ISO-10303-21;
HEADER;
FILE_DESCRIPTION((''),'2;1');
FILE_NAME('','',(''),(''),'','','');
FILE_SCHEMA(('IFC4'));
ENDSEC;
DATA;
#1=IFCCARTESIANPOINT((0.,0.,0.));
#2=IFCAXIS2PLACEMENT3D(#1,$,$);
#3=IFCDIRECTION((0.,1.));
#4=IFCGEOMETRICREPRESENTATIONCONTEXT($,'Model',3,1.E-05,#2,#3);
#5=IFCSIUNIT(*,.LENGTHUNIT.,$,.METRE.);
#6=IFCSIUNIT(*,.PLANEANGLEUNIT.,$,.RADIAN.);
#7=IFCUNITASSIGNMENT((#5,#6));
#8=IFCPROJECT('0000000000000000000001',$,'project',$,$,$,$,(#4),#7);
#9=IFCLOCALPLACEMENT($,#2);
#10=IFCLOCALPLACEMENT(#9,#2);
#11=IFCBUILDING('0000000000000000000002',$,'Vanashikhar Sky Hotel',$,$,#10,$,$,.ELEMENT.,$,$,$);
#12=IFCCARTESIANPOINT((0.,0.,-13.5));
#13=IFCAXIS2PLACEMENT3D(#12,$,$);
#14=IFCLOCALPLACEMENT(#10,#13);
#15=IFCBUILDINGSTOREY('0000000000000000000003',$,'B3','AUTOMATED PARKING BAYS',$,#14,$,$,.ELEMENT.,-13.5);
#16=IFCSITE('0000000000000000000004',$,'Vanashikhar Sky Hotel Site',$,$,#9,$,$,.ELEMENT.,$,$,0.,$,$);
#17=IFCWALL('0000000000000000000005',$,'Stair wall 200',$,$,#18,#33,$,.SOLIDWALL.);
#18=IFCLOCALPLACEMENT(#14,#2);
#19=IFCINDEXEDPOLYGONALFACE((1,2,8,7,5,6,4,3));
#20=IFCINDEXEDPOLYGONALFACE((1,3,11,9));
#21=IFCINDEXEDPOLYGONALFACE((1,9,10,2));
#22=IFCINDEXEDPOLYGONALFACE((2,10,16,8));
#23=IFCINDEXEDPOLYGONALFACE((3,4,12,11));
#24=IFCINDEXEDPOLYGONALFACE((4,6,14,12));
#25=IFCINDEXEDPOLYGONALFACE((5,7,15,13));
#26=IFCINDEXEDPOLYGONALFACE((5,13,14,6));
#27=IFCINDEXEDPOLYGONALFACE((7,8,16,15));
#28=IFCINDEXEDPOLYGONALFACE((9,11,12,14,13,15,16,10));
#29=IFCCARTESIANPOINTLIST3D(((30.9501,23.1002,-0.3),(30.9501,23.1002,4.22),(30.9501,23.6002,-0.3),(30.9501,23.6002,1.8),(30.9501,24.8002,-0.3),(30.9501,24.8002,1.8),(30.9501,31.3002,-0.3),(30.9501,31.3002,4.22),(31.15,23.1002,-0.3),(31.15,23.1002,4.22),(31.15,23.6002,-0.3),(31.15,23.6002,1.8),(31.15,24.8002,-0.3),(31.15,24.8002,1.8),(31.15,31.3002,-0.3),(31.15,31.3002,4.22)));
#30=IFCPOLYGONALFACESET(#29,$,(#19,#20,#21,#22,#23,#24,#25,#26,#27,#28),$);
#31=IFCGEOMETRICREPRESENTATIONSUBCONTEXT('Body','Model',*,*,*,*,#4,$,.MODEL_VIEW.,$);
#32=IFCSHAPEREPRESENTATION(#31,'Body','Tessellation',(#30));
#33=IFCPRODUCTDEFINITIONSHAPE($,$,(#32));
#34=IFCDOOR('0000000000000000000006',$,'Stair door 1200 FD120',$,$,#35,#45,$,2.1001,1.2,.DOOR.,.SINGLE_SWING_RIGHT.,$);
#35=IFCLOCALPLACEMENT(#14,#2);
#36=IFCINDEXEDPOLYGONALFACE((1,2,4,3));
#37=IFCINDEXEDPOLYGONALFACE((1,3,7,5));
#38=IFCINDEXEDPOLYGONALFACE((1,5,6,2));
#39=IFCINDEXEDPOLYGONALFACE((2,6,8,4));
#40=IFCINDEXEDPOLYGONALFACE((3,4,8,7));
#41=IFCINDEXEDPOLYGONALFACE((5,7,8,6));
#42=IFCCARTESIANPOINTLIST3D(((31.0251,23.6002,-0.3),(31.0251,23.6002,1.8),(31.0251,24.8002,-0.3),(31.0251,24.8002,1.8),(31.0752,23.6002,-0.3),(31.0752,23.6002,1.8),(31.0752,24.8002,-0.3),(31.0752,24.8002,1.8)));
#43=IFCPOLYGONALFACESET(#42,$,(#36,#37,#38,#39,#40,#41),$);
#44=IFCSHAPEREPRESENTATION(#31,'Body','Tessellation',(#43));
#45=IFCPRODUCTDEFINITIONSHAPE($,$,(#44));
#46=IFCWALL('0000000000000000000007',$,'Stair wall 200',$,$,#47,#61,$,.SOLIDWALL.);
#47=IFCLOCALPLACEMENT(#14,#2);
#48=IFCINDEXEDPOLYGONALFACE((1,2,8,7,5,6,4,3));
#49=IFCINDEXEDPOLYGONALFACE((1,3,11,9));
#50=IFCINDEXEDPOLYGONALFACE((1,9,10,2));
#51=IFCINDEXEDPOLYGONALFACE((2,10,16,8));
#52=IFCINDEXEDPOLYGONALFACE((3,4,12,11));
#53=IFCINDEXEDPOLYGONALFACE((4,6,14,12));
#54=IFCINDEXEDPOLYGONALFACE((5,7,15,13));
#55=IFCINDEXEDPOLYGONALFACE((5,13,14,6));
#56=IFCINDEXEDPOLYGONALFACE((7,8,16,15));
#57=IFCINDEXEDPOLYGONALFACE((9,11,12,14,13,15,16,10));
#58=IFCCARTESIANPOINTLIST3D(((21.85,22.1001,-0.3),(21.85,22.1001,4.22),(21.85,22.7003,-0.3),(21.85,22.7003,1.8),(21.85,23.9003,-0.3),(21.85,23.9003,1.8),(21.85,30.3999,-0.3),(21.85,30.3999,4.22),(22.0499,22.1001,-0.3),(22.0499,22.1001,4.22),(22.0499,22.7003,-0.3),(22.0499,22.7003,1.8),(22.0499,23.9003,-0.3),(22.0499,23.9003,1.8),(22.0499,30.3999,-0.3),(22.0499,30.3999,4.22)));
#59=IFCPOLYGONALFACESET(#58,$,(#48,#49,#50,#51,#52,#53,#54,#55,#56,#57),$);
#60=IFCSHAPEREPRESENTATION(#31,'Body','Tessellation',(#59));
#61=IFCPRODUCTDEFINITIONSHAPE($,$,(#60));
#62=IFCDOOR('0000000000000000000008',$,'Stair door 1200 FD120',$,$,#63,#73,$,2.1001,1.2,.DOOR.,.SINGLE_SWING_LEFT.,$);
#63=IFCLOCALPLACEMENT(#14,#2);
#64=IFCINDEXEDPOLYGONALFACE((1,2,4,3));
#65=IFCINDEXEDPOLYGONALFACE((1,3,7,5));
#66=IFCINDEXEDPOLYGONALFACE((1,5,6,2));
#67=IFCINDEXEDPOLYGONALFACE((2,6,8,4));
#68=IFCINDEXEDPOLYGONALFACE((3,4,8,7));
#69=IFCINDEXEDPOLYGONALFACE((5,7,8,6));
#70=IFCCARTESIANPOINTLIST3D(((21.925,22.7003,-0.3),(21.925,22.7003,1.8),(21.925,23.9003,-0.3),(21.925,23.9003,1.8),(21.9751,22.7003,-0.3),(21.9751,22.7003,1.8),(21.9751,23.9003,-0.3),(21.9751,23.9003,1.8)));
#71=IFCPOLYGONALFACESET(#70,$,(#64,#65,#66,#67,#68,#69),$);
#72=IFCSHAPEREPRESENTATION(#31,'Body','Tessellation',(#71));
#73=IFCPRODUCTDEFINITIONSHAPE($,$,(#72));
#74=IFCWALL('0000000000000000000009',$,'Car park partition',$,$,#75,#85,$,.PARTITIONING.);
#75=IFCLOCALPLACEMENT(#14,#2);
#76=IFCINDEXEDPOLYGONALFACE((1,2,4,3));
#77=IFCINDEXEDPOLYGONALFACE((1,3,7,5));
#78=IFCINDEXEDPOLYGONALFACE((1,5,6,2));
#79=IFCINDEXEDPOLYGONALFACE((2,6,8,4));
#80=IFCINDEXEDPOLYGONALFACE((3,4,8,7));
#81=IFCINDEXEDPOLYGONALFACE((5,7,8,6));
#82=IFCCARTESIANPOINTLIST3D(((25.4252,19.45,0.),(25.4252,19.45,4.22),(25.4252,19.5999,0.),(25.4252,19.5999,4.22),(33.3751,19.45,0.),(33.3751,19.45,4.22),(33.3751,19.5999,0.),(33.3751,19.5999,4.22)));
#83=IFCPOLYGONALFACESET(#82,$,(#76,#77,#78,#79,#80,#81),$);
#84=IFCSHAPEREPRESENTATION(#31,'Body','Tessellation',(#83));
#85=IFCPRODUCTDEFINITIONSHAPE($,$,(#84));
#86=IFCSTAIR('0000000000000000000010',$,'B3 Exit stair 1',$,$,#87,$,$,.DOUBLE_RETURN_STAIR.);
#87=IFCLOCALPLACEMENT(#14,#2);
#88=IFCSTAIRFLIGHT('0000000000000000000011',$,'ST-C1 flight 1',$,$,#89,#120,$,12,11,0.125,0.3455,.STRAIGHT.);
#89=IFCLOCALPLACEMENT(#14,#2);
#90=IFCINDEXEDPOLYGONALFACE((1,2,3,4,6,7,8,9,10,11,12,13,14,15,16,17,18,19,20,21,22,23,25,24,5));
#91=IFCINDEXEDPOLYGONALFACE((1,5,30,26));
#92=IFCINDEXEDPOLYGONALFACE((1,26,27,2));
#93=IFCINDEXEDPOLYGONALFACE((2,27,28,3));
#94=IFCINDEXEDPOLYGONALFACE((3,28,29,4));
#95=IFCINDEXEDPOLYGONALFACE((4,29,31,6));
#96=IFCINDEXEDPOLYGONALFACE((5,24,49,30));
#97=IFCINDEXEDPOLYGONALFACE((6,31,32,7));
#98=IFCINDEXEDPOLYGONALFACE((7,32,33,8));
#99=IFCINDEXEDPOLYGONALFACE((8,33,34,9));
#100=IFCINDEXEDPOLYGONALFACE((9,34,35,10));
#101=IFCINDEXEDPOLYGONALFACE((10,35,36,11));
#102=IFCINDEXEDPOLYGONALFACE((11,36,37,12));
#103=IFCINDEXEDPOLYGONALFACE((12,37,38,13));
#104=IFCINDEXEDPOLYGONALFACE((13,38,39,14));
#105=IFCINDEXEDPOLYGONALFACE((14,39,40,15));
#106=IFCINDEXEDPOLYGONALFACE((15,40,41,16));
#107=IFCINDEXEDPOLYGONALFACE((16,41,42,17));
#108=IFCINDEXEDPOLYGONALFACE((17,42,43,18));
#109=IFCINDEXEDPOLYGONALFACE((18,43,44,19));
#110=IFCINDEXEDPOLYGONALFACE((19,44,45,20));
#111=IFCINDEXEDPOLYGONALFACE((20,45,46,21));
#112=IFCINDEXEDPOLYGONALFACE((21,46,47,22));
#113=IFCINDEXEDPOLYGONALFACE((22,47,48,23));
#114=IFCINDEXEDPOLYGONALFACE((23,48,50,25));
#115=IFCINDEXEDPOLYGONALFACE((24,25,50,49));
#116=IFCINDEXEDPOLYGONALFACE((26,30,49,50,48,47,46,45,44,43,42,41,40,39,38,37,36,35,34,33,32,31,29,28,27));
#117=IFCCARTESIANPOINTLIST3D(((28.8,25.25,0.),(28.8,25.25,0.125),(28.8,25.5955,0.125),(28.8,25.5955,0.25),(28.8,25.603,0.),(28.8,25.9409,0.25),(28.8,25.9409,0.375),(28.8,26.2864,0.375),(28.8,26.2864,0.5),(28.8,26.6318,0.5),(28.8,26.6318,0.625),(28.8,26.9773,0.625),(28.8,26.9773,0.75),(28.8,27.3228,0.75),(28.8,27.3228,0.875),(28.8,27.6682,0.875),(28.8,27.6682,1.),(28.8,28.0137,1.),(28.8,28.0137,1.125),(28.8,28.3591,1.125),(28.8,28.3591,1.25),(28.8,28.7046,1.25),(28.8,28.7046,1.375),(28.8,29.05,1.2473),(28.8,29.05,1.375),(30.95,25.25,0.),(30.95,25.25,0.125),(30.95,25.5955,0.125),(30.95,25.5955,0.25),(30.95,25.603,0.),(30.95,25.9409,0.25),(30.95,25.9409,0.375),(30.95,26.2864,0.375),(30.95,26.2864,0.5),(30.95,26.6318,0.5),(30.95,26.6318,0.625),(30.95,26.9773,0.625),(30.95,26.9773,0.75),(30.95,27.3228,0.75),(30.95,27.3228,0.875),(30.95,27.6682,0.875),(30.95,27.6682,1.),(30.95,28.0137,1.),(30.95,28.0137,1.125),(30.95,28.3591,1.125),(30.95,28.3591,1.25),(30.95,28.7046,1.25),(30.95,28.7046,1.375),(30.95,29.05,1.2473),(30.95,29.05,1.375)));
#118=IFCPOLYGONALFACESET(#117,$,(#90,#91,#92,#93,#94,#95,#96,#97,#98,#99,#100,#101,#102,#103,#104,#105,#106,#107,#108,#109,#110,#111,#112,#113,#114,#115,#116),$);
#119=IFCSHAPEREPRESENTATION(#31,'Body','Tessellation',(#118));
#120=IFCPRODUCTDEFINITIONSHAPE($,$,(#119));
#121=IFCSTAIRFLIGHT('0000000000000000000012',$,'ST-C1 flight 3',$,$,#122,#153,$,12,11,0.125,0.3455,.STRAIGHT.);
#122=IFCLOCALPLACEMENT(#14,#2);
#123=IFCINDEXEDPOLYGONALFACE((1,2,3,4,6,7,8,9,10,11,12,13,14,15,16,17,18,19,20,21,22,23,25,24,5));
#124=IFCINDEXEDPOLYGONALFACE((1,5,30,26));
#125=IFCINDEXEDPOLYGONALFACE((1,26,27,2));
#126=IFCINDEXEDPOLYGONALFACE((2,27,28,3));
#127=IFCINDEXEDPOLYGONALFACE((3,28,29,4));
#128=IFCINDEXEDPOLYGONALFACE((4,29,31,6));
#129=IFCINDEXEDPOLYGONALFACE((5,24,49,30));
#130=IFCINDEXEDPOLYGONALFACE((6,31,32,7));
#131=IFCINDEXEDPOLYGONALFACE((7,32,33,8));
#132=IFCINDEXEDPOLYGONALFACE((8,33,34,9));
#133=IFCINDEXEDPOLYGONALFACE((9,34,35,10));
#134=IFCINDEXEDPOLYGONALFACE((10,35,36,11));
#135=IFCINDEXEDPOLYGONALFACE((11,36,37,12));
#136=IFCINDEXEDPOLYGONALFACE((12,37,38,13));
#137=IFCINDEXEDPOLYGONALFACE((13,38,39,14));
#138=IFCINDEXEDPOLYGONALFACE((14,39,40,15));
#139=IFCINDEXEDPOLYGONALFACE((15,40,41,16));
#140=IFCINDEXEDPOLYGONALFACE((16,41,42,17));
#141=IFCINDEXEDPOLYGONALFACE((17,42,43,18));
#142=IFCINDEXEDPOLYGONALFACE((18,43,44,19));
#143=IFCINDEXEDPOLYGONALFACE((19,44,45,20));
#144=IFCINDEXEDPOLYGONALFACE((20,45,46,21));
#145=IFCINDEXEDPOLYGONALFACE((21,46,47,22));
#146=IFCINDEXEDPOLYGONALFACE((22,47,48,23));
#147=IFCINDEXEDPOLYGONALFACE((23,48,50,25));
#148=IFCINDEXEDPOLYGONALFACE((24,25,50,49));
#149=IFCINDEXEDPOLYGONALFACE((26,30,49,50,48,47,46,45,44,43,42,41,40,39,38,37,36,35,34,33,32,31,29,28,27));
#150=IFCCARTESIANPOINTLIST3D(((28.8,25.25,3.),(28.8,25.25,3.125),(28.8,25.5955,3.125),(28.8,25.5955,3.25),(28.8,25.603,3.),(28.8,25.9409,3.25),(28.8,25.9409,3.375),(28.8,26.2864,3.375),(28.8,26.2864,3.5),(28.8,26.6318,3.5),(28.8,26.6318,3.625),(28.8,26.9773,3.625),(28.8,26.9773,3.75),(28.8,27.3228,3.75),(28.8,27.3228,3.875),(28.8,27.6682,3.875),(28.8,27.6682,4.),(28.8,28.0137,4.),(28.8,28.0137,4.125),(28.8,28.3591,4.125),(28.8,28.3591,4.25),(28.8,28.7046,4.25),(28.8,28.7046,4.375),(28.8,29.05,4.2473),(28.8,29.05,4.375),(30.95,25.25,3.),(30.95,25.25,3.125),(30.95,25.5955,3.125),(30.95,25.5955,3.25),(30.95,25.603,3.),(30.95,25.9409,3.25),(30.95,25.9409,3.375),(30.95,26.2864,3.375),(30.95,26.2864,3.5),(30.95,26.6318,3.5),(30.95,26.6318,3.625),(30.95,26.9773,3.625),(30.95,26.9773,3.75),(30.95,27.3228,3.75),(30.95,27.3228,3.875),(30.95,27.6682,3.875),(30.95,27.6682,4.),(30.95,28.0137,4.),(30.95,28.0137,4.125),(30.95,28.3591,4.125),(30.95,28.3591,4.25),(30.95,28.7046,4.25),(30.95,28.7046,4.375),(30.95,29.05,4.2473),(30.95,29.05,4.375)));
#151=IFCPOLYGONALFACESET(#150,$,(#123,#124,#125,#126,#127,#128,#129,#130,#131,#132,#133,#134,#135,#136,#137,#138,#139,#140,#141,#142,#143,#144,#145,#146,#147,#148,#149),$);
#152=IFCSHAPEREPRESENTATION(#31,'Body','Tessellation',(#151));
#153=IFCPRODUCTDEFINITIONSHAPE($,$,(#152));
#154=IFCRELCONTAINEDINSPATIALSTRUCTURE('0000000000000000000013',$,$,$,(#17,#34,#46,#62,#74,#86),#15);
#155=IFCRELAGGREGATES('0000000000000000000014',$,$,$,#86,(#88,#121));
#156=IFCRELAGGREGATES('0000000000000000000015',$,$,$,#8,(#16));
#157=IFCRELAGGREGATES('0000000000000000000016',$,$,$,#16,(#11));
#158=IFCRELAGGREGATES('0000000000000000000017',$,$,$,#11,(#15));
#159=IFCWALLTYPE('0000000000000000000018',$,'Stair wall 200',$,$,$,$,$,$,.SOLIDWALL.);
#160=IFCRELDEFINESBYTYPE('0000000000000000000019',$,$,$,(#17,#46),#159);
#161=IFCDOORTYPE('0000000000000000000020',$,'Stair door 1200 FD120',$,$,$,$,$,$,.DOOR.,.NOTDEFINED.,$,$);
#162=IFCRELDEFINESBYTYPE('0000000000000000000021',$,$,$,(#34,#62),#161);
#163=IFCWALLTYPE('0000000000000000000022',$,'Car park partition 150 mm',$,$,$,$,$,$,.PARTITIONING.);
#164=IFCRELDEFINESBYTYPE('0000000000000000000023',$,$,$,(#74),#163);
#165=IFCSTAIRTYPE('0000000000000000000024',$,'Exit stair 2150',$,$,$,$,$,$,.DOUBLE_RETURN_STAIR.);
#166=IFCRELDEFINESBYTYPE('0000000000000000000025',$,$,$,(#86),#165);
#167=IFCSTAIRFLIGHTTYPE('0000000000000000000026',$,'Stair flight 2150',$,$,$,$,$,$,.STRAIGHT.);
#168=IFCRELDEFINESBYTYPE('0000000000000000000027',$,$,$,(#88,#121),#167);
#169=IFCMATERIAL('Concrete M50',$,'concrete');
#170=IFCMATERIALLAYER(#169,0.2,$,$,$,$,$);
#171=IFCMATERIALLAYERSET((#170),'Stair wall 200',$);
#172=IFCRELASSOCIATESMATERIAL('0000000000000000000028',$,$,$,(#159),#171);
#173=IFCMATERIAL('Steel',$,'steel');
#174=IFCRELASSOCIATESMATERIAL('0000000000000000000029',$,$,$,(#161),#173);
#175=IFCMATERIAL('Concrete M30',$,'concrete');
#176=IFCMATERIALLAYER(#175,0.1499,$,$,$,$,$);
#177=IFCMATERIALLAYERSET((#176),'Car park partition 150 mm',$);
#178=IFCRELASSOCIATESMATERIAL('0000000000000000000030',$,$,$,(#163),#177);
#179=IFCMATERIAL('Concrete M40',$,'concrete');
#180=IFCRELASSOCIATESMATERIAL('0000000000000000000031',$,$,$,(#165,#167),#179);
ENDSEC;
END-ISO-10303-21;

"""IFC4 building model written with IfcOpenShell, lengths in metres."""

from ifc_helpers import new_model, si_unit, direction, frame, frame_2d, origin, place, context, subcontext, project, spatial, polyline, rectangle, outline, extrude, source, transform, mapped, material, layer, layer_set, type_object, element, fill, aggregate, save


model = new_model("IFC4")

# Units and contexts
model_context = context("Model", 3, precision=1e-05, world=origin(), true_north=direction((0.0, 1.0)))
body_context = subcontext(model_context, "Body", "Model", "MODEL_VIEW")
ifc_project = project(units=[si_unit("LENGTHUNIT", "METRE"), si_unit("PLANEANGLEUNIT", "RADIAN")], contexts=[model_context])

# Site, building, storey
site_placement = place(None, origin())
site = spatial("IfcSite", under=ifc_project, at=site_placement, Name="Vanashikhar Sky Hotel Site", CompositionType="ELEMENT", RefElevation=0.0)
building_placement = place(site_placement, origin())
building = spatial("IfcBuilding", under=site, at=building_placement, Name="Vanashikhar Sky Hotel", CompositionType="ELEMENT")
storey_placement = place(building_placement, frame((0.0, 0.0, -13.5)))
storey = spatial("IfcBuildingStorey", under=building, at=storey_placement, Name="B3", Description="AUTOMATED PARKING BAYS", CompositionType="ELEMENT", Elevation=-13.5)

# Shared definitions
ifc_material_1 = material(Name="Concrete M40", Category="concrete")

# Shared definitions
ifc_material_2 = material(Name="Steel", Category="steel")

# Walls, openings, doors
ifc_material_3 = material(Name="Concrete M50", Category="concrete")
ifc_layer_1 = layer(ifc_material_3, 0.2)
ifc_layer_set_1 = layer_set([ifc_layer_1], Name="Stair wall 200")
wall_type_1 = type_object("IfcWallType", Name="Stair wall 200", PredefinedType="SOLIDWALL", material=ifc_layer_set_1)
shared_shape_1 = source(origin(), body_context, "Body", "SweptSolid", [
    extrude(rectangle(XDim=8.2, YDim=0.2, at=frame_2d((4.1001, 0.0))), origin(), (0.0, 0.0, 1.0), 4.52),
])
wall_1_placement = place(storey_placement, frame((31.05, 23.1001, -0.3), z_axis=(0.0, 0.0, 1.0), x_axis=(0.0, 1.0, 0.0)))
wall_1 = element("IfcWall", 1, at=wall_1_placement, inside=storey, type_object=wall_type_1, Name="Stair wall 200", PredefinedType="SOLIDWALL", context=body_context, shape_type="MappedRepresentation", body=[
    mapped(shared_shape_1, transform((0.0, 0.0, 0.0), scale=1.0)),
])
shared_shape_2 = source(origin(), body_context, "Body", "SweptSolid", [
    extrude(rectangle(XDim=1.2, YDim=2.1001, at=frame_2d((0.6001, 1.05))), frame((0.0, 0.1099, 0.0), z_axis=(0.0, -1.0, 0.0), x_axis=(1.0, 0.0, 0.0)), (0.0, 0.0, 1.0), 0.22),
])
opening_1_placement = place(wall_1_placement, frame((0.5, 0.0, 0.0)))
opening_1 = element("IfcOpeningElement", 2, at=opening_1_placement, cuts=wall_1, PredefinedType="OPENING", context=body_context, shape_type="MappedRepresentation", body=[
    mapped(shared_shape_2, transform((0.0, 0.0, 0.0), scale=1.0)),
])
door_type_1 = type_object("IfcDoorType", Name="Stair door 1200 FD120", OperationType="NOTDEFINED", PredefinedType="DOOR", material=ifc_material_2)
shared_shape_3 = source(origin(), body_context, "Body", "SweptSolid", [
    extrude(rectangle(XDim=1.2, YDim=2.1001, at=frame_2d((0.6001, 1.05))), frame((0.0, 0.0249, 0.0), z_axis=(0.0, -1.0, 0.0), x_axis=(1.0, 0.0, 0.0)), (0.0, 0.0, 1.0), 0.05),
])
door_1_placement = place(opening_1_placement, origin())
door_1 = element("IfcDoor", 3, at=door_1_placement, inside=storey, type_object=door_type_1, Name="Stair door 1200 FD120", OperationType="SINGLE_SWING_RIGHT", OverallHeight=2.1001, OverallWidth=1.2, PredefinedType="DOOR", context=body_context, shape_type="MappedRepresentation", body=[
    mapped(shared_shape_3, transform((0.0, 0.0, 0.0), scale=1.0)),
])
fill(opening_1, door_1)
shared_shape_4 = source(origin(), body_context, "Body", "SweptSolid", [
    extrude(rectangle(XDim=8.2998, YDim=0.2, at=frame_2d((4.1499, 0.0))), origin(), (0.0, 0.0, 1.0), 4.52),
])
wall_2_placement = place(storey_placement, frame((21.95, 22.1001, -0.3), z_axis=(0.0, 0.0, 1.0), x_axis=(0.0, 1.0, 0.0)))
wall_2 = element("IfcWall", 4, at=wall_2_placement, inside=storey, type_object=wall_type_1, Name="Stair wall 200", PredefinedType="SOLIDWALL", context=body_context, shape_type="MappedRepresentation", body=[
    mapped(shared_shape_4, transform((0.0, 0.0, 0.0), scale=1.0)),
])
opening_2_placement = place(wall_2_placement, frame((0.6001, 0.0, 0.0)))
opening_2 = element("IfcOpeningElement", 5, at=opening_2_placement, cuts=wall_2, PredefinedType="OPENING", context=body_context, shape_type="MappedRepresentation", body=[
    mapped(shared_shape_2, transform((0.0, 0.0, 0.0), scale=1.0)),
])
door_2_placement = place(opening_2_placement, origin())
door_2 = element("IfcDoor", 6, at=door_2_placement, inside=storey, type_object=door_type_1, Name="Stair door 1200 FD120", OperationType="SINGLE_SWING_LEFT", OverallHeight=2.1001, OverallWidth=1.2, PredefinedType="DOOR", context=body_context, shape_type="MappedRepresentation", body=[
    mapped(shared_shape_3, transform((0.0, 0.0, 0.0), scale=1.0)),
])
fill(opening_2, door_2)

# Wall
ifc_material_4 = material(Name="Concrete M30", Category="concrete")
ifc_layer_2 = layer(ifc_material_4, 0.1499)
ifc_layer_set_2 = layer_set([ifc_layer_2], Name="Car park partition 150 mm")
wall_type_2 = type_object("IfcWallType", Name="Car park partition 150 mm", PredefinedType="PARTITIONING", material=ifc_layer_set_2)
shared_shape_5 = source(origin(), body_context, "Body", "SweptSolid", [
    extrude(rectangle(XDim=7.95, YDim=0.1499, at=frame_2d((3.9751, 0.0))), origin(), (0.0, 0.0, 1.0), 4.22),
])
wall_3_placement = place(storey_placement, frame((25.425, 19.5249, 0.0), z_axis=(0.0, 0.0, 1.0), x_axis=(1.0, 0.0, 0.0)))
element("IfcWall", 7, at=wall_3_placement, inside=storey, type_object=wall_type_2, Name="Car park partition", PredefinedType="PARTITIONING", context=body_context, shape_type="MappedRepresentation", body=[
    mapped(shared_shape_5, transform((0.0, 0.0, 0.0), scale=1.0)),
])

# Stair, stair flights
stair_type = type_object("IfcStairType", Name="Exit stair 2150", PredefinedType="DOUBLE_RETURN_STAIR", material=ifc_material_1)
stair_placement = place(storey_placement, origin())
stair = element("IfcStair", 8, at=stair_placement, inside=storey, type_object=stair_type, Name="B3 Exit stair 1", PredefinedType="DOUBLE_RETURN_STAIR")
stair_flight_type = type_object("IfcStairFlightType", Name="Stair flight 2150", PredefinedType="STRAIGHT", material=ifc_material_1)
shared_shape_6 = source(origin(), body_context, "Body", "SweptSolid", [
    extrude(outline(polyline([(0.0, 0.0), (0.0, 0.125), (0.3455, 0.125), (0.3455, 0.25), (0.6909, 0.25), (0.6909, 0.375), (1.0364, 0.375), (1.0364, 0.5), (1.3818, 0.5), (1.3818, 0.625), (1.7273, 0.625), (1.7273, 0.75), (2.0728, 0.75), (2.0728, 0.875), (2.4182, 0.875), (2.4182, 1.0), (2.7637, 1.0), (2.7637, 1.125), (3.1091, 1.125), (3.1091, 1.25), (3.4546, 1.25), (3.4546, 1.375), (3.8, 1.375), (3.8, 1.5), (3.8, 1.2473), (0.353, 0.0), (0.0, 0.0)])), frame((0.0, 1.075, 0.0), z_axis=(0.0, -1.0, 0.0), x_axis=(1.0, 0.0, 0.0)), (0.0, 0.0, 1.0), 2.1499),
])
stair_flight_1_placement = place(storey_placement, frame((29.875, 25.25, 0.0), z_axis=(0.0, 0.0, 1.0), x_axis=(0.0, 1.0, 0.0)))
stair_flight_1 = element("IfcStairFlight", 9, at=stair_flight_1_placement, type_object=stair_flight_type, Name="ST-C1 flight 1", NumberOfRisers=12, NumberOfTreads=11, PredefinedType="STRAIGHT", RiserHeight=0.125, TreadLength=0.3455, context=body_context, shape_type="MappedRepresentation", body=[
    mapped(shared_shape_6, transform((0.0, 0.0, 0.0), scale=1.0)),
])
stair_flight_2_placement = place(storey_placement, frame((29.875, 25.25, 3.0), z_axis=(0.0, 0.0, 1.0), x_axis=(0.0, 1.0, 0.0)))
stair_flight_2 = element("IfcStairFlight", 10, at=stair_flight_2_placement, type_object=stair_flight_type, Name="ST-C1 flight 3", NumberOfRisers=12, NumberOfTreads=11, PredefinedType="STRAIGHT", RiserHeight=0.125, TreadLength=0.3455, context=body_context, shape_type="MappedRepresentation", body=[
    mapped(shared_shape_6, transform((0.0, 0.0, 0.0), scale=1.0)),
])
aggregate(stair, [stair_flight_1, stair_flight_2])

save(model, "model.ifc")
